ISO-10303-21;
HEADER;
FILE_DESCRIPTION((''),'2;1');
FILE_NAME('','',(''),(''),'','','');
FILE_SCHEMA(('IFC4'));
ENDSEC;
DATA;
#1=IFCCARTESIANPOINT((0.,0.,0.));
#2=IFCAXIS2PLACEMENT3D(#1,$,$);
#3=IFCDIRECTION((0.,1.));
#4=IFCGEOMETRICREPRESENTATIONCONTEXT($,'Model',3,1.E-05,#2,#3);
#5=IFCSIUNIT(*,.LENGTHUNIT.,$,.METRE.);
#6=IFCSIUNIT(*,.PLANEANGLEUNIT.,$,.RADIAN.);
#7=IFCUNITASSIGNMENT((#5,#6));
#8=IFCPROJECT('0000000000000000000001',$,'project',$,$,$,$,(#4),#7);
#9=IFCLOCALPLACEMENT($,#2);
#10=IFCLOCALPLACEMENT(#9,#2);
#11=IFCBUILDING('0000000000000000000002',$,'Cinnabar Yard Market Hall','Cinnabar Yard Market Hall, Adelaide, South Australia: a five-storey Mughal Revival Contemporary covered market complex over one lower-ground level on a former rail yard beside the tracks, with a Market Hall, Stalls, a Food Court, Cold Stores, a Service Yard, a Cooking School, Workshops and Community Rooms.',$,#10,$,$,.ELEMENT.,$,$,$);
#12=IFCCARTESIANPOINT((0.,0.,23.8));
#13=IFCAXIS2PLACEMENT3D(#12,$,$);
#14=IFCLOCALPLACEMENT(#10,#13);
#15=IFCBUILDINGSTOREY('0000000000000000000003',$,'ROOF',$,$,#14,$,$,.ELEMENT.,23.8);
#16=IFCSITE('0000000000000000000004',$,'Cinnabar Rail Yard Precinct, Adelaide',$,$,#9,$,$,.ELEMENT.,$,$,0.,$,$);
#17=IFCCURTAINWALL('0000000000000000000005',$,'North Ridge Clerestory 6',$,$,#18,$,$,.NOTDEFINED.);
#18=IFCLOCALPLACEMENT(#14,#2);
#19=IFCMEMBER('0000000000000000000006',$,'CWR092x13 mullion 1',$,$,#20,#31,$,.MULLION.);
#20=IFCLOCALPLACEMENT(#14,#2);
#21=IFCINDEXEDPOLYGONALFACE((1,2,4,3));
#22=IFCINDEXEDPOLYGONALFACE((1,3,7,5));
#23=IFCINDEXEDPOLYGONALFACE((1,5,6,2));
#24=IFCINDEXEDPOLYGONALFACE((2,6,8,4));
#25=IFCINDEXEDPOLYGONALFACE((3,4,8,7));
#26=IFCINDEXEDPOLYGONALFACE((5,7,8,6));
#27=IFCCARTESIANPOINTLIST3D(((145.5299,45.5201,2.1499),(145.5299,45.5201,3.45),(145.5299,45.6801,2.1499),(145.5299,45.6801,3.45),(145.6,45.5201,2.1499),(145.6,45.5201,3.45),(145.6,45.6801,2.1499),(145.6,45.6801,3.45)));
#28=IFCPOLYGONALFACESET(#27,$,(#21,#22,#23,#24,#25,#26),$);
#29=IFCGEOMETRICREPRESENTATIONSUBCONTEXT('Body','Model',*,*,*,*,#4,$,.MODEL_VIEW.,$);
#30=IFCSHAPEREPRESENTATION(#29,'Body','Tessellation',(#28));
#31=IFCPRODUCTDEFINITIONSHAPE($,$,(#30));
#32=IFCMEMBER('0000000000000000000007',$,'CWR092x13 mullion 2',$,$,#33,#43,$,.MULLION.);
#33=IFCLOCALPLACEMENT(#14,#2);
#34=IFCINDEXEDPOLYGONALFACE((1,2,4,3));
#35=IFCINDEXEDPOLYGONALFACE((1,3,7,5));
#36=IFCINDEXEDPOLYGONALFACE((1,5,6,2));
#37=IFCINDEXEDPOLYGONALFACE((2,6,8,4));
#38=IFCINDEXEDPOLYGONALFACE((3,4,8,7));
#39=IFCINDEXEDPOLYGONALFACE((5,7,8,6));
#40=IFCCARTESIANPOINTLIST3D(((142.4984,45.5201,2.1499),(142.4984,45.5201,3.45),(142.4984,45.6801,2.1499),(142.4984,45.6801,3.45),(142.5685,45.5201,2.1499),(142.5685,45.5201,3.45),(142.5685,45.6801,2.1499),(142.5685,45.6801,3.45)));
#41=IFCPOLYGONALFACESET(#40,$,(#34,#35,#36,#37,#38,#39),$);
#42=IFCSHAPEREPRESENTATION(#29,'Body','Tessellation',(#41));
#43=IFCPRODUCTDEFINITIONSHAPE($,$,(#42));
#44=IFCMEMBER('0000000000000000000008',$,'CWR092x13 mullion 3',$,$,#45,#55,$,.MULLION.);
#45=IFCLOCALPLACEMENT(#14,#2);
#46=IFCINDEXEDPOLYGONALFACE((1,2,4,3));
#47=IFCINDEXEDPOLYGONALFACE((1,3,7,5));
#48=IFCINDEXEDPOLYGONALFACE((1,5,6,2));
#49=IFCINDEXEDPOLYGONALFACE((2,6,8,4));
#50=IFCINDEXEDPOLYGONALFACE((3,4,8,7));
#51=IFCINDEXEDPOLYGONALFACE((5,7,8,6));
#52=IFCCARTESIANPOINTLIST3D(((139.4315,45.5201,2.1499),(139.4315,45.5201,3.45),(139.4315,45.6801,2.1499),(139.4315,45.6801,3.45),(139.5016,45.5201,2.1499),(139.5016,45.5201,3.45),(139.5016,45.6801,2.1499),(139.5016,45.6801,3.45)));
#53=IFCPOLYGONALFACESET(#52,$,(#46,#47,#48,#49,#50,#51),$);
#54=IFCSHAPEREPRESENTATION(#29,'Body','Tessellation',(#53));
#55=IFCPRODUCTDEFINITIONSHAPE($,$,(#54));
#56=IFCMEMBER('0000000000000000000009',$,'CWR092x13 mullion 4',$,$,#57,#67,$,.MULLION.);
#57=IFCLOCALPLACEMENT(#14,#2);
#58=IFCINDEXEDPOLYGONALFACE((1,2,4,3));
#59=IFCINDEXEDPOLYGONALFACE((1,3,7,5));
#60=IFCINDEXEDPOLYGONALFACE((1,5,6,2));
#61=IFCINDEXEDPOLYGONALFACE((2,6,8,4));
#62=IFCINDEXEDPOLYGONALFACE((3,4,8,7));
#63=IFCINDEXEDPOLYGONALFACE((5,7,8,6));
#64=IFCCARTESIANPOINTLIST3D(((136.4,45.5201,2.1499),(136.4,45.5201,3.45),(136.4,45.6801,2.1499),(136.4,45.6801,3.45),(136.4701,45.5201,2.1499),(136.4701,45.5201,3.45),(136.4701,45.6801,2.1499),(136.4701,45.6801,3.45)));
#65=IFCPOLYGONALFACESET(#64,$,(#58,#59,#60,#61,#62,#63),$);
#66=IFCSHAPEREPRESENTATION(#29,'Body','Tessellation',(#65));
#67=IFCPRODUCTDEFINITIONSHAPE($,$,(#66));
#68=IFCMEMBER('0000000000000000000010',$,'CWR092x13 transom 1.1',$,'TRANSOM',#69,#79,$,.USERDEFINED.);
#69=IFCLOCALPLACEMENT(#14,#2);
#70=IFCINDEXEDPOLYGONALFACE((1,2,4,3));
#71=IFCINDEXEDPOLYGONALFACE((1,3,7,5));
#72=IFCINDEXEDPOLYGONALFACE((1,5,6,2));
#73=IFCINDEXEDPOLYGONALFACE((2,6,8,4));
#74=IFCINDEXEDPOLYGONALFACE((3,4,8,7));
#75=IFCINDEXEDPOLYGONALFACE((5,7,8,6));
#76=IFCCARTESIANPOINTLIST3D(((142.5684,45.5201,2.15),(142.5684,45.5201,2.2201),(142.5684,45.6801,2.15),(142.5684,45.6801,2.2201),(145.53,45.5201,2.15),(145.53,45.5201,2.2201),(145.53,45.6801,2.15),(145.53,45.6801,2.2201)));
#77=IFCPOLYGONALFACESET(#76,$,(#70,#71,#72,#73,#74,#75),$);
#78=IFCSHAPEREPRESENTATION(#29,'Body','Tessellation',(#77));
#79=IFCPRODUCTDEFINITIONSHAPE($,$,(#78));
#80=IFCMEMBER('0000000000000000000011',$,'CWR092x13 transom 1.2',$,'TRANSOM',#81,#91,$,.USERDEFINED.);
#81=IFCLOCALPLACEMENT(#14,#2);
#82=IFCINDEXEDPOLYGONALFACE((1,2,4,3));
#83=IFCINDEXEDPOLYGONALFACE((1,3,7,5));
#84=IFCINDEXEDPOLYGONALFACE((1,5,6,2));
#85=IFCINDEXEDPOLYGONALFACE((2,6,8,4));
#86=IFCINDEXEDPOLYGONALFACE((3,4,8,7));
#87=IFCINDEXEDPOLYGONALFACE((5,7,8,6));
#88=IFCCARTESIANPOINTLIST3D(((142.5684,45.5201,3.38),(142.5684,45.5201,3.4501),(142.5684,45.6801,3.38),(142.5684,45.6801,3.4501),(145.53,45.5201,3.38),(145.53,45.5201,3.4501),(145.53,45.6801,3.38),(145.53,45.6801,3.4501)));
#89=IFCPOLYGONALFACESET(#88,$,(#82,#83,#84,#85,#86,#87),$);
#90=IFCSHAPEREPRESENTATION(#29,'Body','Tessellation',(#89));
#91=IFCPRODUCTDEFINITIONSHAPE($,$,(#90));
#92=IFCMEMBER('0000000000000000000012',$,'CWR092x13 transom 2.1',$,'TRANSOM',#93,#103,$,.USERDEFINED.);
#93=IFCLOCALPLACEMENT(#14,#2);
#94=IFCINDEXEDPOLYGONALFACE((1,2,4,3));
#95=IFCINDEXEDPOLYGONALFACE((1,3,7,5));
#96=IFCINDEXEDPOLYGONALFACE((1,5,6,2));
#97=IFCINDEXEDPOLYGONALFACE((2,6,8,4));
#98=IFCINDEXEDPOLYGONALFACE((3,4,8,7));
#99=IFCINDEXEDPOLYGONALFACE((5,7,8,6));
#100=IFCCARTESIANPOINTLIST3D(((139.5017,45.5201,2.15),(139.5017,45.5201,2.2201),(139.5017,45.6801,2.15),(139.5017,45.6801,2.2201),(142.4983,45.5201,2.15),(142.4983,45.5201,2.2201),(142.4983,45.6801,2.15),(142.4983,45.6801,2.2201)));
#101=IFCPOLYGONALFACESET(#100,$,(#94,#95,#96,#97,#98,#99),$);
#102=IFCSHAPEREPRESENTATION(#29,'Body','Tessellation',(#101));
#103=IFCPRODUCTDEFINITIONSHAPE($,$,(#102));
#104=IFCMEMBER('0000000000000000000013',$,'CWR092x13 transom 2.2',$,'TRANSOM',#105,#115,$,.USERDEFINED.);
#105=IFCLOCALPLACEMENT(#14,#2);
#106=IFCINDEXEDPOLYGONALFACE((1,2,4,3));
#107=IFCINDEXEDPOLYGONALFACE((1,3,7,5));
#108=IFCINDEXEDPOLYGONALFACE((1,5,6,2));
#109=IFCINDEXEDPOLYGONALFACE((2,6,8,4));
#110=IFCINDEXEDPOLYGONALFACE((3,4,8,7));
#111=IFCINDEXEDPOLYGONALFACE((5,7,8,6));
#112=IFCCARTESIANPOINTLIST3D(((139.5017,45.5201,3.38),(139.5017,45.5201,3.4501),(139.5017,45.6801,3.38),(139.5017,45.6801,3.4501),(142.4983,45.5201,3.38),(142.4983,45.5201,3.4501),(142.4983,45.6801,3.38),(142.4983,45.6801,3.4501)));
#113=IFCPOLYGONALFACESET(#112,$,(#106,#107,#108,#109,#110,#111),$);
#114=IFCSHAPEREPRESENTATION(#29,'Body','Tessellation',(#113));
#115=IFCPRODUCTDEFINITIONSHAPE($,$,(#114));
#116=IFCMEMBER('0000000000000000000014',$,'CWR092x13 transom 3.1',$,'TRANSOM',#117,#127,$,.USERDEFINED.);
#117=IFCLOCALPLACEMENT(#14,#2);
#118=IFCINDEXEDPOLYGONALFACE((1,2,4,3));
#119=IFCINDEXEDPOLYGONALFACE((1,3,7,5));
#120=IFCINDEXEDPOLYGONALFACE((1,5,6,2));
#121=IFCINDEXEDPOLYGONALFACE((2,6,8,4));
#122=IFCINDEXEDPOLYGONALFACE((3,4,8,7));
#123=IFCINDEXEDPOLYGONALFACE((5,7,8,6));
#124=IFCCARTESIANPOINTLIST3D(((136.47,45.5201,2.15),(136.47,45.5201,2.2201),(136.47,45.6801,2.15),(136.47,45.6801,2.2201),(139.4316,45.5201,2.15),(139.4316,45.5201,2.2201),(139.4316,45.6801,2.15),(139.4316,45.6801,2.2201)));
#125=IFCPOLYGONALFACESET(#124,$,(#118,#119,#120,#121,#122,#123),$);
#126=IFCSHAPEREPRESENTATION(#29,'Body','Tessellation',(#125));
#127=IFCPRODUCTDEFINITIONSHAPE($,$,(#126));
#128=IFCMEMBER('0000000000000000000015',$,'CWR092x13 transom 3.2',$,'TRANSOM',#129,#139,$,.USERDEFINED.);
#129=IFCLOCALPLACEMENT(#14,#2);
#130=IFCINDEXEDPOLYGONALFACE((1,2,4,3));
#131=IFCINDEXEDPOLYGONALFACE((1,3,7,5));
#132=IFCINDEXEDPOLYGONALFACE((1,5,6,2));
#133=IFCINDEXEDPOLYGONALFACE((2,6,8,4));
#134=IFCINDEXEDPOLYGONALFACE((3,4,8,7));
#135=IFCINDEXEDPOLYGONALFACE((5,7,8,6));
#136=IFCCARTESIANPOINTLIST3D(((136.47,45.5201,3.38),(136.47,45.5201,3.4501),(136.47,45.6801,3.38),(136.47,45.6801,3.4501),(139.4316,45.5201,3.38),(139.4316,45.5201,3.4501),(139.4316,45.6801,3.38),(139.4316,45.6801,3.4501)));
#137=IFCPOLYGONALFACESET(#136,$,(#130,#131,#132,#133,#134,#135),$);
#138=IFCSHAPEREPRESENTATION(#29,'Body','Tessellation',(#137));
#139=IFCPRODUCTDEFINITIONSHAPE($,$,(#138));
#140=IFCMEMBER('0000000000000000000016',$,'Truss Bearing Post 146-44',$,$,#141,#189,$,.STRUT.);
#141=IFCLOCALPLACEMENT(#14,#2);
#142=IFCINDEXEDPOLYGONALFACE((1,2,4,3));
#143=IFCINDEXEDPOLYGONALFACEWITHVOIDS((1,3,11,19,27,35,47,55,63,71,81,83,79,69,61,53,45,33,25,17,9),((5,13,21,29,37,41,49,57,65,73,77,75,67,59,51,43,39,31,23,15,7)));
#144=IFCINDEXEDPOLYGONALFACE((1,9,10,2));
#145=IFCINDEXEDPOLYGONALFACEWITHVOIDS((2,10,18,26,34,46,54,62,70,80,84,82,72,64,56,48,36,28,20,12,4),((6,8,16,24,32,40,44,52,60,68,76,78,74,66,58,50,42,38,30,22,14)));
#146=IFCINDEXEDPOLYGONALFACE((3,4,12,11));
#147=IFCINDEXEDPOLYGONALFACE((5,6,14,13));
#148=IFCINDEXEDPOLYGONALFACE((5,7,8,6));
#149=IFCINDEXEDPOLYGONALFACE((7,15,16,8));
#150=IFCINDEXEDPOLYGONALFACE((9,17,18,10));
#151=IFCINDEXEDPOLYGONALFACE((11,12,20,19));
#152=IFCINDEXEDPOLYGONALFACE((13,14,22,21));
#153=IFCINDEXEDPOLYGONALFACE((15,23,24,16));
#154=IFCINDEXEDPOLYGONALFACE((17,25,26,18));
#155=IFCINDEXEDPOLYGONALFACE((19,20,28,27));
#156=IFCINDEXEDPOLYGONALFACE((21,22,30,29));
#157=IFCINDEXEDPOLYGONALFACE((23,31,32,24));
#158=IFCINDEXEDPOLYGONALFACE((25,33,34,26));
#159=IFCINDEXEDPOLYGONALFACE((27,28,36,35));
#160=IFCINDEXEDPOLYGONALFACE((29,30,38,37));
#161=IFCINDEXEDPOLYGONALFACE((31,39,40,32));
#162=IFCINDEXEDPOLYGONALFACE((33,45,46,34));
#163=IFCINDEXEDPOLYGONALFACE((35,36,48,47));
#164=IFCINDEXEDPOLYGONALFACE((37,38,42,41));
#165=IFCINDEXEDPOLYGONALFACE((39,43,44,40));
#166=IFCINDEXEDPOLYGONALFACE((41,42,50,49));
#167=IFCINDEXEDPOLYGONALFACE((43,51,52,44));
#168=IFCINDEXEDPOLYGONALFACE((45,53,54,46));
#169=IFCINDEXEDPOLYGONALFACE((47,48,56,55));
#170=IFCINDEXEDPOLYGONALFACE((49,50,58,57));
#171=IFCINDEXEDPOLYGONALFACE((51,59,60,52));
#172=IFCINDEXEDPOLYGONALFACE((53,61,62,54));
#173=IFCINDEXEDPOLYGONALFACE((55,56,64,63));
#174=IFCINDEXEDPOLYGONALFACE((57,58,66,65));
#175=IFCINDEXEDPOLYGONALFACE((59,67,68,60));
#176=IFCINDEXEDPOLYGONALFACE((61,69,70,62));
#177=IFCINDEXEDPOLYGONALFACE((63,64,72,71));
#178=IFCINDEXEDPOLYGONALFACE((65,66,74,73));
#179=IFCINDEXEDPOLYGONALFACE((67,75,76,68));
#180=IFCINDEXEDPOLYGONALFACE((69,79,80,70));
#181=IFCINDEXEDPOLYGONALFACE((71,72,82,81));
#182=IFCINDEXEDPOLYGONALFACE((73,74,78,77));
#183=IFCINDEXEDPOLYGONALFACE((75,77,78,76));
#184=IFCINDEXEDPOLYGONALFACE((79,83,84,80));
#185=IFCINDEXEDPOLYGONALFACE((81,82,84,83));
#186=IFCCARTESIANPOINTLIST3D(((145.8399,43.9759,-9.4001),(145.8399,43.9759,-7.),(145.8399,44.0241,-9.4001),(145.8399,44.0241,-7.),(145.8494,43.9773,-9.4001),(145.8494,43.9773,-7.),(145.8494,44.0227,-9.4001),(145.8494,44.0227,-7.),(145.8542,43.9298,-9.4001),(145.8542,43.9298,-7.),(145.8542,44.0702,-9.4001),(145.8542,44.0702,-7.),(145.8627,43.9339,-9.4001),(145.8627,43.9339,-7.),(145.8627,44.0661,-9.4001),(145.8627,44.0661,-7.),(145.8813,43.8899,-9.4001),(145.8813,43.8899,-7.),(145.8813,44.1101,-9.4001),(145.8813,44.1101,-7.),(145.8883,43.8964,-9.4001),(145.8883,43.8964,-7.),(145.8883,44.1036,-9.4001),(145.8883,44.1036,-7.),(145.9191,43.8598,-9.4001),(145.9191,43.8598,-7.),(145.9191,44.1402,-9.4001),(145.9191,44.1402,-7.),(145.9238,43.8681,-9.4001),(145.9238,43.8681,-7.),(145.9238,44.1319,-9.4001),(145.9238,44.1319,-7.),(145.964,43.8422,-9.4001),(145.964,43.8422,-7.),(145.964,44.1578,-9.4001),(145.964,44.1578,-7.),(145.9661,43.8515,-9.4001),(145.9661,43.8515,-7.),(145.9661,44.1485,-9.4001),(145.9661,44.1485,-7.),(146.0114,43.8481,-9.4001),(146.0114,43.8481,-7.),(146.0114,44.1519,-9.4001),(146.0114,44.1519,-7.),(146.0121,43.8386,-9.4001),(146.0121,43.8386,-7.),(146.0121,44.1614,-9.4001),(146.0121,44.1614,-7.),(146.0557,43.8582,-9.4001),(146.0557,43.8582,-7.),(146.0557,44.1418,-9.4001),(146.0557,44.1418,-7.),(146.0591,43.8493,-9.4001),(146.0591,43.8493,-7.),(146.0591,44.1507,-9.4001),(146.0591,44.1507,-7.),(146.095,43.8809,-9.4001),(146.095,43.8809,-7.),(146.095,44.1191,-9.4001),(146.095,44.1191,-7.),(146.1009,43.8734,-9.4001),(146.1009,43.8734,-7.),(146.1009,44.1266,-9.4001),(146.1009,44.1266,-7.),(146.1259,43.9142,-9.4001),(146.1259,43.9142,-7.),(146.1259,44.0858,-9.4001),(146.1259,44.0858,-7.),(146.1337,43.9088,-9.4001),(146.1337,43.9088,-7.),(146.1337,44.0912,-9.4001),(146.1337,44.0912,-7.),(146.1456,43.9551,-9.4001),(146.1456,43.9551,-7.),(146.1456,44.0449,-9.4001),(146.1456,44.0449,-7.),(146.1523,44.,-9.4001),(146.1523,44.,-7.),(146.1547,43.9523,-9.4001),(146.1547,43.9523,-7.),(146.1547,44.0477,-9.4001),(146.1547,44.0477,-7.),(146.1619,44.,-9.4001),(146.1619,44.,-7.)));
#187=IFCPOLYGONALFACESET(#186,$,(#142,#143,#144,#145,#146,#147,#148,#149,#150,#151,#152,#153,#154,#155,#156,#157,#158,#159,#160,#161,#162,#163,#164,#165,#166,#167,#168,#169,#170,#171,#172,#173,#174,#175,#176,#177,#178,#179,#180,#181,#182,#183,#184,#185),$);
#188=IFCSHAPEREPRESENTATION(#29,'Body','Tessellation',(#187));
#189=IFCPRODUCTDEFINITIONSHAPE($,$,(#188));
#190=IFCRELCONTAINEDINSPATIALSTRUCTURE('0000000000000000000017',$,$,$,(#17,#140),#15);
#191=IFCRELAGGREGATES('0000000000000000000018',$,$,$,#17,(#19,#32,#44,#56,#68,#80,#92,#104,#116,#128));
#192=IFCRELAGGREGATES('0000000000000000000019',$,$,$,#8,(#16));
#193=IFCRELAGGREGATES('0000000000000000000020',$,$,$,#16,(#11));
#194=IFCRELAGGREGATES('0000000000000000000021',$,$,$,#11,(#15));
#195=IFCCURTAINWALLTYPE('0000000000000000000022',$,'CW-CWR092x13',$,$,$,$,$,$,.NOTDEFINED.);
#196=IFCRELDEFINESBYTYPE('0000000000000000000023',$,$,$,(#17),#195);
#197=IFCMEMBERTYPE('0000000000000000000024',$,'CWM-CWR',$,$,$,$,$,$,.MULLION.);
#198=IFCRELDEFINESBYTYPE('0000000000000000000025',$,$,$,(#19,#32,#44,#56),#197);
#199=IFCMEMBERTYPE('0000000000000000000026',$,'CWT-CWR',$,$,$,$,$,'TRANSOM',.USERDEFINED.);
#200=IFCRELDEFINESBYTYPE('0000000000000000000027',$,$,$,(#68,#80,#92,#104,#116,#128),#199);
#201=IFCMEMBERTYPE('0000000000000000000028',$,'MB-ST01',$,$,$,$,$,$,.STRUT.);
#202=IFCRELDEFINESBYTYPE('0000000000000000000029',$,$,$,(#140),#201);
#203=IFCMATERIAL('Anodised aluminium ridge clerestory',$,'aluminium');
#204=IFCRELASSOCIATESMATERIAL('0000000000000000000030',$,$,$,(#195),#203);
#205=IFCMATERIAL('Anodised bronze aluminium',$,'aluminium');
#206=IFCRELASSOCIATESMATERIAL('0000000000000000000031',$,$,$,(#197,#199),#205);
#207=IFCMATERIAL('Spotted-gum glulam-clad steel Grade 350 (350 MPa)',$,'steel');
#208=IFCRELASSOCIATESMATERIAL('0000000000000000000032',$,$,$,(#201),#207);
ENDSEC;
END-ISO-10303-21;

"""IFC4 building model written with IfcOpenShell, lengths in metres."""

from ifc_helpers import new_model, si_unit, direction, frame, origin, origin_2d_with_axis, place, context, subcontext, project, spatial, rectangle, hollow_circle, extrude, material, material_profile, profile_set, type_object, element, aggregate, save


model = new_model("IFC4")

# Units and contexts
model_context = context("Model", 3, precision=1e-05, world=origin(), true_north=direction((0.0, 1.0)))
body_context = subcontext(model_context, "Body", "Model", "MODEL_VIEW")
ifc_project = project(units=[si_unit("LENGTHUNIT", "METRE"), si_unit("PLANEANGLEUNIT", "RADIAN")], contexts=[model_context])

# Site, building, storey
site_placement = place(None, origin())
site = spatial("IfcSite", under=ifc_project, at=site_placement, Name="Cinnabar Rail Yard Precinct, Adelaide", CompositionType="ELEMENT", RefElevation=0.0)
building_placement = place(site_placement, origin())
building = spatial("IfcBuilding", under=site, at=building_placement, Name="Cinnabar Yard Market Hall", Description="Cinnabar Yard Market Hall, Adelaide, South Australia: a five-storey Mughal Revival Contemporary covered market complex over one lower-ground level on a former rail yard beside the tracks, with a Market Hall, Stalls, a Food Court, Cold Stores, a Service Yard, a Cooking School, Workshops and Community Rooms.", CompositionType="ELEMENT")
storey_placement = place(building_placement, frame((0.0, 0.0, 23.8)))
storey = spatial("IfcBuildingStorey", under=building, at=storey_placement, Name="ROOF", CompositionType="ELEMENT", Elevation=23.8)

# Curtain wall, members
ifc_material_1 = material(Name="Anodised aluminium ridge clerestory", Category="aluminium")
curtain_wall_type = type_object("IfcCurtainWallType", Name="CW-CWR092x13", PredefinedType="NOTDEFINED", material=ifc_material_1)
curtain_wall_placement = place(storey_placement, origin())
curtain_wall = element("IfcCurtainWall", 1, at=curtain_wall_placement, inside=storey, type_object=curtain_wall_type, Name="North Ridge Clerestory 6", PredefinedType="NOTDEFINED")
ifc_material_2 = material(Name="Anodised bronze aluminium", Category="aluminium")
ifc_material_profile_1 = material_profile(ifc_material_2, rectangle(XDim=0.1599, YDim=0.0701, at=origin_2d_with_axis()), Name="MUL-CWR")
ifc_profile_set_1 = profile_set([ifc_material_profile_1], Name="Anodised bronze aluminium")
member_type_1 = type_object("IfcMemberType", Name="CWM-CWR", PredefinedType="MULLION", material=ifc_profile_set_1)
member_1_placement = place(storey_placement, frame((145.5649, 45.6001, 2.1499), z_axis=(0.0, 0.0, 1.0), x_axis=(0.0, -1.0, 0.0)))
member_1 = element("IfcMember", 2, at=member_1_placement, type_object=member_type_1, Name="CWR092x13 mullion 1", PredefinedType="MULLION", context=body_context, shape_type="SweptSolid", body=[
    extrude(rectangle(XDim=0.1599, YDim=0.0701, at=origin_2d_with_axis()), origin(), (0.0, 0.0, 1.0), 1.3),
])
member_2_placement = place(storey_placement, frame((142.5334, 45.6001, 2.1499), z_axis=(0.0, 0.0, 1.0), x_axis=(0.0, -1.0, 0.0)))
member_2 = element("IfcMember", 3, at=member_2_placement, type_object=member_type_1, Name="CWR092x13 mullion 2", PredefinedType="MULLION", context=body_context, shape_type="SweptSolid", body=[
    extrude(rectangle(XDim=0.1599, YDim=0.0701, at=origin_2d_with_axis()), origin(), (0.0, 0.0, 1.0), 1.3),
])
member_3_placement = place(storey_placement, frame((139.4666, 45.6001, 2.1499), z_axis=(0.0, 0.0, 1.0), x_axis=(0.0, -1.0, 0.0)))
member_3 = element("IfcMember", 4, at=member_3_placement, type_object=member_type_1, Name="CWR092x13 mullion 3", PredefinedType="MULLION", context=body_context, shape_type="SweptSolid", body=[
    extrude(rectangle(XDim=0.1599, YDim=0.0701, at=origin_2d_with_axis()), origin(), (0.0, 0.0, 1.0), 1.3),
])
member_4_placement = place(storey_placement, frame((136.4351, 45.6001, 2.1499), z_axis=(0.0, 0.0, 1.0), x_axis=(0.0, -1.0, 0.0)))
member_4 = element("IfcMember", 5, at=member_4_placement, type_object=member_type_1, Name="CWR092x13 mullion 4", PredefinedType="MULLION", context=body_context, shape_type="SweptSolid", body=[
    extrude(rectangle(XDim=0.1599, YDim=0.0701, at=origin_2d_with_axis()), origin(), (0.0, 0.0, 1.0), 1.3),
])
ifc_material_profile_2 = material_profile(ifc_material_2, rectangle(XDim=0.1599, YDim=0.0701, at=origin_2d_with_axis()), Name="TRN-CWR")
ifc_profile_set_2 = profile_set([ifc_material_profile_2], Name="Anodised bronze aluminium")
member_type_2 = type_object("IfcMemberType", Name="CWT-CWR", ElementType="TRANSOM", PredefinedType="USERDEFINED", material=ifc_profile_set_2)
member_5_placement = place(storey_placement, frame((145.53, 45.6001, 2.1851), z_axis=(-1.0, 0.0, 0.0), x_axis=(0.0, -1.0, 0.0)))
member_5 = element("IfcMember", 6, at=member_5_placement, type_object=member_type_2, Name="CWR092x13 transom 1.1", ObjectType="TRANSOM", PredefinedType="USERDEFINED", context=body_context, shape_type="SweptSolid", body=[
    extrude(rectangle(XDim=0.1599, YDim=0.0701, at=origin_2d_with_axis()), origin(), (0.0, 0.0, 1.0), 2.9617),
])
member_6_placement = place(storey_placement, frame((145.53, 45.6001, 3.415), z_axis=(-1.0, 0.0, 0.0), x_axis=(0.0, -1.0, 0.0)))
member_6 = element("IfcMember", 7, at=member_6_placement, type_object=member_type_2, Name="CWR092x13 transom 1.2", ObjectType="TRANSOM", PredefinedType="USERDEFINED", context=body_context, shape_type="SweptSolid", body=[
    extrude(rectangle(XDim=0.1599, YDim=0.0701, at=origin_2d_with_axis()), origin(), (0.0, 0.0, 1.0), 2.9617),
])
member_7_placement = place(storey_placement, frame((142.4983, 45.6001, 2.1851), z_axis=(-1.0, 0.0, 0.0), x_axis=(0.0, -1.0, 0.0)))
member_7 = element("IfcMember", 8, at=member_7_placement, type_object=member_type_2, Name="CWR092x13 transom 2.1", ObjectType="TRANSOM", PredefinedType="USERDEFINED", context=body_context, shape_type="SweptSolid", body=[
    extrude(rectangle(XDim=0.1599, YDim=0.0701, at=origin_2d_with_axis()), origin(), (0.0, 0.0, 1.0), 2.9966),
])
member_8_placement = place(storey_placement, frame((142.4983, 45.6001, 3.415), z_axis=(-1.0, 0.0, 0.0), x_axis=(0.0, -1.0, 0.0)))
member_8 = element("IfcMember", 9, at=member_8_placement, type_object=member_type_2, Name="CWR092x13 transom 2.2", ObjectType="TRANSOM", PredefinedType="USERDEFINED", context=body_context, shape_type="SweptSolid", body=[
    extrude(rectangle(XDim=0.1599, YDim=0.0701, at=origin_2d_with_axis()), origin(), (0.0, 0.0, 1.0), 2.9966),
])
member_9_placement = place(storey_placement, frame((139.4316, 45.6001, 2.1851), z_axis=(-1.0, 0.0, 0.0), x_axis=(0.0, -1.0, 0.0)))
member_9 = element("IfcMember", 10, at=member_9_placement, type_object=member_type_2, Name="CWR092x13 transom 3.1", ObjectType="TRANSOM", PredefinedType="USERDEFINED", context=body_context, shape_type="SweptSolid", body=[
    extrude(rectangle(XDim=0.1599, YDim=0.0701, at=origin_2d_with_axis()), origin(), (0.0, 0.0, 1.0), 2.9617),
])
member_10_placement = place(storey_placement, frame((139.4316, 45.6001, 3.415), z_axis=(-1.0, 0.0, 0.0), x_axis=(0.0, -1.0, 0.0)))
member_10 = element("IfcMember", 11, at=member_10_placement, type_object=member_type_2, Name="CWR092x13 transom 3.2", ObjectType="TRANSOM", PredefinedType="USERDEFINED", context=body_context, shape_type="SweptSolid", body=[
    extrude(rectangle(XDim=0.1599, YDim=0.0701, at=origin_2d_with_axis()), origin(), (0.0, 0.0, 1.0), 2.9617),
])

# Member
ifc_material_3 = material(Name="Spotted-gum glulam-clad steel Grade 350 (350 MPa)", Category="steel")
ifc_material_profile_3 = material_profile(ifc_material_3, hollow_circle(Radius=0.1619, WallThickness=0.0095, at=origin_2d_with_axis()), Name="323.9x9.5CHS")
ifc_profile_set_3 = profile_set([ifc_material_profile_3], Name="Spotted-gum glulam-clad steel Grade 350 (350 MPa)")
member_type_3 = type_object("IfcMemberType", Name="MB-ST01", PredefinedType="STRUT", material=ifc_profile_set_3)
member_11_placement = place(storey_placement, frame((146.0, 44.0, -9.4001), z_axis=(0.0, 0.0, 1.0), x_axis=(1.0, 0.0, 0.0)))
element("IfcMember", 12, at=member_11_placement, inside=storey, type_object=member_type_3, Name="Truss Bearing Post 146-44", PredefinedType="STRUT", context=body_context, shape_type="SweptSolid", body=[
    extrude(hollow_circle(Radius=0.1619, WallThickness=0.0095, at=origin_2d_with_axis()), origin(), (0.0, 0.0, 1.0), 2.4001),
])

aggregate(curtain_wall, [member_1, member_2, member_3, member_4, member_5, member_6, member_7, member_8, member_9, member_10])

save(model, "model.ifc")
